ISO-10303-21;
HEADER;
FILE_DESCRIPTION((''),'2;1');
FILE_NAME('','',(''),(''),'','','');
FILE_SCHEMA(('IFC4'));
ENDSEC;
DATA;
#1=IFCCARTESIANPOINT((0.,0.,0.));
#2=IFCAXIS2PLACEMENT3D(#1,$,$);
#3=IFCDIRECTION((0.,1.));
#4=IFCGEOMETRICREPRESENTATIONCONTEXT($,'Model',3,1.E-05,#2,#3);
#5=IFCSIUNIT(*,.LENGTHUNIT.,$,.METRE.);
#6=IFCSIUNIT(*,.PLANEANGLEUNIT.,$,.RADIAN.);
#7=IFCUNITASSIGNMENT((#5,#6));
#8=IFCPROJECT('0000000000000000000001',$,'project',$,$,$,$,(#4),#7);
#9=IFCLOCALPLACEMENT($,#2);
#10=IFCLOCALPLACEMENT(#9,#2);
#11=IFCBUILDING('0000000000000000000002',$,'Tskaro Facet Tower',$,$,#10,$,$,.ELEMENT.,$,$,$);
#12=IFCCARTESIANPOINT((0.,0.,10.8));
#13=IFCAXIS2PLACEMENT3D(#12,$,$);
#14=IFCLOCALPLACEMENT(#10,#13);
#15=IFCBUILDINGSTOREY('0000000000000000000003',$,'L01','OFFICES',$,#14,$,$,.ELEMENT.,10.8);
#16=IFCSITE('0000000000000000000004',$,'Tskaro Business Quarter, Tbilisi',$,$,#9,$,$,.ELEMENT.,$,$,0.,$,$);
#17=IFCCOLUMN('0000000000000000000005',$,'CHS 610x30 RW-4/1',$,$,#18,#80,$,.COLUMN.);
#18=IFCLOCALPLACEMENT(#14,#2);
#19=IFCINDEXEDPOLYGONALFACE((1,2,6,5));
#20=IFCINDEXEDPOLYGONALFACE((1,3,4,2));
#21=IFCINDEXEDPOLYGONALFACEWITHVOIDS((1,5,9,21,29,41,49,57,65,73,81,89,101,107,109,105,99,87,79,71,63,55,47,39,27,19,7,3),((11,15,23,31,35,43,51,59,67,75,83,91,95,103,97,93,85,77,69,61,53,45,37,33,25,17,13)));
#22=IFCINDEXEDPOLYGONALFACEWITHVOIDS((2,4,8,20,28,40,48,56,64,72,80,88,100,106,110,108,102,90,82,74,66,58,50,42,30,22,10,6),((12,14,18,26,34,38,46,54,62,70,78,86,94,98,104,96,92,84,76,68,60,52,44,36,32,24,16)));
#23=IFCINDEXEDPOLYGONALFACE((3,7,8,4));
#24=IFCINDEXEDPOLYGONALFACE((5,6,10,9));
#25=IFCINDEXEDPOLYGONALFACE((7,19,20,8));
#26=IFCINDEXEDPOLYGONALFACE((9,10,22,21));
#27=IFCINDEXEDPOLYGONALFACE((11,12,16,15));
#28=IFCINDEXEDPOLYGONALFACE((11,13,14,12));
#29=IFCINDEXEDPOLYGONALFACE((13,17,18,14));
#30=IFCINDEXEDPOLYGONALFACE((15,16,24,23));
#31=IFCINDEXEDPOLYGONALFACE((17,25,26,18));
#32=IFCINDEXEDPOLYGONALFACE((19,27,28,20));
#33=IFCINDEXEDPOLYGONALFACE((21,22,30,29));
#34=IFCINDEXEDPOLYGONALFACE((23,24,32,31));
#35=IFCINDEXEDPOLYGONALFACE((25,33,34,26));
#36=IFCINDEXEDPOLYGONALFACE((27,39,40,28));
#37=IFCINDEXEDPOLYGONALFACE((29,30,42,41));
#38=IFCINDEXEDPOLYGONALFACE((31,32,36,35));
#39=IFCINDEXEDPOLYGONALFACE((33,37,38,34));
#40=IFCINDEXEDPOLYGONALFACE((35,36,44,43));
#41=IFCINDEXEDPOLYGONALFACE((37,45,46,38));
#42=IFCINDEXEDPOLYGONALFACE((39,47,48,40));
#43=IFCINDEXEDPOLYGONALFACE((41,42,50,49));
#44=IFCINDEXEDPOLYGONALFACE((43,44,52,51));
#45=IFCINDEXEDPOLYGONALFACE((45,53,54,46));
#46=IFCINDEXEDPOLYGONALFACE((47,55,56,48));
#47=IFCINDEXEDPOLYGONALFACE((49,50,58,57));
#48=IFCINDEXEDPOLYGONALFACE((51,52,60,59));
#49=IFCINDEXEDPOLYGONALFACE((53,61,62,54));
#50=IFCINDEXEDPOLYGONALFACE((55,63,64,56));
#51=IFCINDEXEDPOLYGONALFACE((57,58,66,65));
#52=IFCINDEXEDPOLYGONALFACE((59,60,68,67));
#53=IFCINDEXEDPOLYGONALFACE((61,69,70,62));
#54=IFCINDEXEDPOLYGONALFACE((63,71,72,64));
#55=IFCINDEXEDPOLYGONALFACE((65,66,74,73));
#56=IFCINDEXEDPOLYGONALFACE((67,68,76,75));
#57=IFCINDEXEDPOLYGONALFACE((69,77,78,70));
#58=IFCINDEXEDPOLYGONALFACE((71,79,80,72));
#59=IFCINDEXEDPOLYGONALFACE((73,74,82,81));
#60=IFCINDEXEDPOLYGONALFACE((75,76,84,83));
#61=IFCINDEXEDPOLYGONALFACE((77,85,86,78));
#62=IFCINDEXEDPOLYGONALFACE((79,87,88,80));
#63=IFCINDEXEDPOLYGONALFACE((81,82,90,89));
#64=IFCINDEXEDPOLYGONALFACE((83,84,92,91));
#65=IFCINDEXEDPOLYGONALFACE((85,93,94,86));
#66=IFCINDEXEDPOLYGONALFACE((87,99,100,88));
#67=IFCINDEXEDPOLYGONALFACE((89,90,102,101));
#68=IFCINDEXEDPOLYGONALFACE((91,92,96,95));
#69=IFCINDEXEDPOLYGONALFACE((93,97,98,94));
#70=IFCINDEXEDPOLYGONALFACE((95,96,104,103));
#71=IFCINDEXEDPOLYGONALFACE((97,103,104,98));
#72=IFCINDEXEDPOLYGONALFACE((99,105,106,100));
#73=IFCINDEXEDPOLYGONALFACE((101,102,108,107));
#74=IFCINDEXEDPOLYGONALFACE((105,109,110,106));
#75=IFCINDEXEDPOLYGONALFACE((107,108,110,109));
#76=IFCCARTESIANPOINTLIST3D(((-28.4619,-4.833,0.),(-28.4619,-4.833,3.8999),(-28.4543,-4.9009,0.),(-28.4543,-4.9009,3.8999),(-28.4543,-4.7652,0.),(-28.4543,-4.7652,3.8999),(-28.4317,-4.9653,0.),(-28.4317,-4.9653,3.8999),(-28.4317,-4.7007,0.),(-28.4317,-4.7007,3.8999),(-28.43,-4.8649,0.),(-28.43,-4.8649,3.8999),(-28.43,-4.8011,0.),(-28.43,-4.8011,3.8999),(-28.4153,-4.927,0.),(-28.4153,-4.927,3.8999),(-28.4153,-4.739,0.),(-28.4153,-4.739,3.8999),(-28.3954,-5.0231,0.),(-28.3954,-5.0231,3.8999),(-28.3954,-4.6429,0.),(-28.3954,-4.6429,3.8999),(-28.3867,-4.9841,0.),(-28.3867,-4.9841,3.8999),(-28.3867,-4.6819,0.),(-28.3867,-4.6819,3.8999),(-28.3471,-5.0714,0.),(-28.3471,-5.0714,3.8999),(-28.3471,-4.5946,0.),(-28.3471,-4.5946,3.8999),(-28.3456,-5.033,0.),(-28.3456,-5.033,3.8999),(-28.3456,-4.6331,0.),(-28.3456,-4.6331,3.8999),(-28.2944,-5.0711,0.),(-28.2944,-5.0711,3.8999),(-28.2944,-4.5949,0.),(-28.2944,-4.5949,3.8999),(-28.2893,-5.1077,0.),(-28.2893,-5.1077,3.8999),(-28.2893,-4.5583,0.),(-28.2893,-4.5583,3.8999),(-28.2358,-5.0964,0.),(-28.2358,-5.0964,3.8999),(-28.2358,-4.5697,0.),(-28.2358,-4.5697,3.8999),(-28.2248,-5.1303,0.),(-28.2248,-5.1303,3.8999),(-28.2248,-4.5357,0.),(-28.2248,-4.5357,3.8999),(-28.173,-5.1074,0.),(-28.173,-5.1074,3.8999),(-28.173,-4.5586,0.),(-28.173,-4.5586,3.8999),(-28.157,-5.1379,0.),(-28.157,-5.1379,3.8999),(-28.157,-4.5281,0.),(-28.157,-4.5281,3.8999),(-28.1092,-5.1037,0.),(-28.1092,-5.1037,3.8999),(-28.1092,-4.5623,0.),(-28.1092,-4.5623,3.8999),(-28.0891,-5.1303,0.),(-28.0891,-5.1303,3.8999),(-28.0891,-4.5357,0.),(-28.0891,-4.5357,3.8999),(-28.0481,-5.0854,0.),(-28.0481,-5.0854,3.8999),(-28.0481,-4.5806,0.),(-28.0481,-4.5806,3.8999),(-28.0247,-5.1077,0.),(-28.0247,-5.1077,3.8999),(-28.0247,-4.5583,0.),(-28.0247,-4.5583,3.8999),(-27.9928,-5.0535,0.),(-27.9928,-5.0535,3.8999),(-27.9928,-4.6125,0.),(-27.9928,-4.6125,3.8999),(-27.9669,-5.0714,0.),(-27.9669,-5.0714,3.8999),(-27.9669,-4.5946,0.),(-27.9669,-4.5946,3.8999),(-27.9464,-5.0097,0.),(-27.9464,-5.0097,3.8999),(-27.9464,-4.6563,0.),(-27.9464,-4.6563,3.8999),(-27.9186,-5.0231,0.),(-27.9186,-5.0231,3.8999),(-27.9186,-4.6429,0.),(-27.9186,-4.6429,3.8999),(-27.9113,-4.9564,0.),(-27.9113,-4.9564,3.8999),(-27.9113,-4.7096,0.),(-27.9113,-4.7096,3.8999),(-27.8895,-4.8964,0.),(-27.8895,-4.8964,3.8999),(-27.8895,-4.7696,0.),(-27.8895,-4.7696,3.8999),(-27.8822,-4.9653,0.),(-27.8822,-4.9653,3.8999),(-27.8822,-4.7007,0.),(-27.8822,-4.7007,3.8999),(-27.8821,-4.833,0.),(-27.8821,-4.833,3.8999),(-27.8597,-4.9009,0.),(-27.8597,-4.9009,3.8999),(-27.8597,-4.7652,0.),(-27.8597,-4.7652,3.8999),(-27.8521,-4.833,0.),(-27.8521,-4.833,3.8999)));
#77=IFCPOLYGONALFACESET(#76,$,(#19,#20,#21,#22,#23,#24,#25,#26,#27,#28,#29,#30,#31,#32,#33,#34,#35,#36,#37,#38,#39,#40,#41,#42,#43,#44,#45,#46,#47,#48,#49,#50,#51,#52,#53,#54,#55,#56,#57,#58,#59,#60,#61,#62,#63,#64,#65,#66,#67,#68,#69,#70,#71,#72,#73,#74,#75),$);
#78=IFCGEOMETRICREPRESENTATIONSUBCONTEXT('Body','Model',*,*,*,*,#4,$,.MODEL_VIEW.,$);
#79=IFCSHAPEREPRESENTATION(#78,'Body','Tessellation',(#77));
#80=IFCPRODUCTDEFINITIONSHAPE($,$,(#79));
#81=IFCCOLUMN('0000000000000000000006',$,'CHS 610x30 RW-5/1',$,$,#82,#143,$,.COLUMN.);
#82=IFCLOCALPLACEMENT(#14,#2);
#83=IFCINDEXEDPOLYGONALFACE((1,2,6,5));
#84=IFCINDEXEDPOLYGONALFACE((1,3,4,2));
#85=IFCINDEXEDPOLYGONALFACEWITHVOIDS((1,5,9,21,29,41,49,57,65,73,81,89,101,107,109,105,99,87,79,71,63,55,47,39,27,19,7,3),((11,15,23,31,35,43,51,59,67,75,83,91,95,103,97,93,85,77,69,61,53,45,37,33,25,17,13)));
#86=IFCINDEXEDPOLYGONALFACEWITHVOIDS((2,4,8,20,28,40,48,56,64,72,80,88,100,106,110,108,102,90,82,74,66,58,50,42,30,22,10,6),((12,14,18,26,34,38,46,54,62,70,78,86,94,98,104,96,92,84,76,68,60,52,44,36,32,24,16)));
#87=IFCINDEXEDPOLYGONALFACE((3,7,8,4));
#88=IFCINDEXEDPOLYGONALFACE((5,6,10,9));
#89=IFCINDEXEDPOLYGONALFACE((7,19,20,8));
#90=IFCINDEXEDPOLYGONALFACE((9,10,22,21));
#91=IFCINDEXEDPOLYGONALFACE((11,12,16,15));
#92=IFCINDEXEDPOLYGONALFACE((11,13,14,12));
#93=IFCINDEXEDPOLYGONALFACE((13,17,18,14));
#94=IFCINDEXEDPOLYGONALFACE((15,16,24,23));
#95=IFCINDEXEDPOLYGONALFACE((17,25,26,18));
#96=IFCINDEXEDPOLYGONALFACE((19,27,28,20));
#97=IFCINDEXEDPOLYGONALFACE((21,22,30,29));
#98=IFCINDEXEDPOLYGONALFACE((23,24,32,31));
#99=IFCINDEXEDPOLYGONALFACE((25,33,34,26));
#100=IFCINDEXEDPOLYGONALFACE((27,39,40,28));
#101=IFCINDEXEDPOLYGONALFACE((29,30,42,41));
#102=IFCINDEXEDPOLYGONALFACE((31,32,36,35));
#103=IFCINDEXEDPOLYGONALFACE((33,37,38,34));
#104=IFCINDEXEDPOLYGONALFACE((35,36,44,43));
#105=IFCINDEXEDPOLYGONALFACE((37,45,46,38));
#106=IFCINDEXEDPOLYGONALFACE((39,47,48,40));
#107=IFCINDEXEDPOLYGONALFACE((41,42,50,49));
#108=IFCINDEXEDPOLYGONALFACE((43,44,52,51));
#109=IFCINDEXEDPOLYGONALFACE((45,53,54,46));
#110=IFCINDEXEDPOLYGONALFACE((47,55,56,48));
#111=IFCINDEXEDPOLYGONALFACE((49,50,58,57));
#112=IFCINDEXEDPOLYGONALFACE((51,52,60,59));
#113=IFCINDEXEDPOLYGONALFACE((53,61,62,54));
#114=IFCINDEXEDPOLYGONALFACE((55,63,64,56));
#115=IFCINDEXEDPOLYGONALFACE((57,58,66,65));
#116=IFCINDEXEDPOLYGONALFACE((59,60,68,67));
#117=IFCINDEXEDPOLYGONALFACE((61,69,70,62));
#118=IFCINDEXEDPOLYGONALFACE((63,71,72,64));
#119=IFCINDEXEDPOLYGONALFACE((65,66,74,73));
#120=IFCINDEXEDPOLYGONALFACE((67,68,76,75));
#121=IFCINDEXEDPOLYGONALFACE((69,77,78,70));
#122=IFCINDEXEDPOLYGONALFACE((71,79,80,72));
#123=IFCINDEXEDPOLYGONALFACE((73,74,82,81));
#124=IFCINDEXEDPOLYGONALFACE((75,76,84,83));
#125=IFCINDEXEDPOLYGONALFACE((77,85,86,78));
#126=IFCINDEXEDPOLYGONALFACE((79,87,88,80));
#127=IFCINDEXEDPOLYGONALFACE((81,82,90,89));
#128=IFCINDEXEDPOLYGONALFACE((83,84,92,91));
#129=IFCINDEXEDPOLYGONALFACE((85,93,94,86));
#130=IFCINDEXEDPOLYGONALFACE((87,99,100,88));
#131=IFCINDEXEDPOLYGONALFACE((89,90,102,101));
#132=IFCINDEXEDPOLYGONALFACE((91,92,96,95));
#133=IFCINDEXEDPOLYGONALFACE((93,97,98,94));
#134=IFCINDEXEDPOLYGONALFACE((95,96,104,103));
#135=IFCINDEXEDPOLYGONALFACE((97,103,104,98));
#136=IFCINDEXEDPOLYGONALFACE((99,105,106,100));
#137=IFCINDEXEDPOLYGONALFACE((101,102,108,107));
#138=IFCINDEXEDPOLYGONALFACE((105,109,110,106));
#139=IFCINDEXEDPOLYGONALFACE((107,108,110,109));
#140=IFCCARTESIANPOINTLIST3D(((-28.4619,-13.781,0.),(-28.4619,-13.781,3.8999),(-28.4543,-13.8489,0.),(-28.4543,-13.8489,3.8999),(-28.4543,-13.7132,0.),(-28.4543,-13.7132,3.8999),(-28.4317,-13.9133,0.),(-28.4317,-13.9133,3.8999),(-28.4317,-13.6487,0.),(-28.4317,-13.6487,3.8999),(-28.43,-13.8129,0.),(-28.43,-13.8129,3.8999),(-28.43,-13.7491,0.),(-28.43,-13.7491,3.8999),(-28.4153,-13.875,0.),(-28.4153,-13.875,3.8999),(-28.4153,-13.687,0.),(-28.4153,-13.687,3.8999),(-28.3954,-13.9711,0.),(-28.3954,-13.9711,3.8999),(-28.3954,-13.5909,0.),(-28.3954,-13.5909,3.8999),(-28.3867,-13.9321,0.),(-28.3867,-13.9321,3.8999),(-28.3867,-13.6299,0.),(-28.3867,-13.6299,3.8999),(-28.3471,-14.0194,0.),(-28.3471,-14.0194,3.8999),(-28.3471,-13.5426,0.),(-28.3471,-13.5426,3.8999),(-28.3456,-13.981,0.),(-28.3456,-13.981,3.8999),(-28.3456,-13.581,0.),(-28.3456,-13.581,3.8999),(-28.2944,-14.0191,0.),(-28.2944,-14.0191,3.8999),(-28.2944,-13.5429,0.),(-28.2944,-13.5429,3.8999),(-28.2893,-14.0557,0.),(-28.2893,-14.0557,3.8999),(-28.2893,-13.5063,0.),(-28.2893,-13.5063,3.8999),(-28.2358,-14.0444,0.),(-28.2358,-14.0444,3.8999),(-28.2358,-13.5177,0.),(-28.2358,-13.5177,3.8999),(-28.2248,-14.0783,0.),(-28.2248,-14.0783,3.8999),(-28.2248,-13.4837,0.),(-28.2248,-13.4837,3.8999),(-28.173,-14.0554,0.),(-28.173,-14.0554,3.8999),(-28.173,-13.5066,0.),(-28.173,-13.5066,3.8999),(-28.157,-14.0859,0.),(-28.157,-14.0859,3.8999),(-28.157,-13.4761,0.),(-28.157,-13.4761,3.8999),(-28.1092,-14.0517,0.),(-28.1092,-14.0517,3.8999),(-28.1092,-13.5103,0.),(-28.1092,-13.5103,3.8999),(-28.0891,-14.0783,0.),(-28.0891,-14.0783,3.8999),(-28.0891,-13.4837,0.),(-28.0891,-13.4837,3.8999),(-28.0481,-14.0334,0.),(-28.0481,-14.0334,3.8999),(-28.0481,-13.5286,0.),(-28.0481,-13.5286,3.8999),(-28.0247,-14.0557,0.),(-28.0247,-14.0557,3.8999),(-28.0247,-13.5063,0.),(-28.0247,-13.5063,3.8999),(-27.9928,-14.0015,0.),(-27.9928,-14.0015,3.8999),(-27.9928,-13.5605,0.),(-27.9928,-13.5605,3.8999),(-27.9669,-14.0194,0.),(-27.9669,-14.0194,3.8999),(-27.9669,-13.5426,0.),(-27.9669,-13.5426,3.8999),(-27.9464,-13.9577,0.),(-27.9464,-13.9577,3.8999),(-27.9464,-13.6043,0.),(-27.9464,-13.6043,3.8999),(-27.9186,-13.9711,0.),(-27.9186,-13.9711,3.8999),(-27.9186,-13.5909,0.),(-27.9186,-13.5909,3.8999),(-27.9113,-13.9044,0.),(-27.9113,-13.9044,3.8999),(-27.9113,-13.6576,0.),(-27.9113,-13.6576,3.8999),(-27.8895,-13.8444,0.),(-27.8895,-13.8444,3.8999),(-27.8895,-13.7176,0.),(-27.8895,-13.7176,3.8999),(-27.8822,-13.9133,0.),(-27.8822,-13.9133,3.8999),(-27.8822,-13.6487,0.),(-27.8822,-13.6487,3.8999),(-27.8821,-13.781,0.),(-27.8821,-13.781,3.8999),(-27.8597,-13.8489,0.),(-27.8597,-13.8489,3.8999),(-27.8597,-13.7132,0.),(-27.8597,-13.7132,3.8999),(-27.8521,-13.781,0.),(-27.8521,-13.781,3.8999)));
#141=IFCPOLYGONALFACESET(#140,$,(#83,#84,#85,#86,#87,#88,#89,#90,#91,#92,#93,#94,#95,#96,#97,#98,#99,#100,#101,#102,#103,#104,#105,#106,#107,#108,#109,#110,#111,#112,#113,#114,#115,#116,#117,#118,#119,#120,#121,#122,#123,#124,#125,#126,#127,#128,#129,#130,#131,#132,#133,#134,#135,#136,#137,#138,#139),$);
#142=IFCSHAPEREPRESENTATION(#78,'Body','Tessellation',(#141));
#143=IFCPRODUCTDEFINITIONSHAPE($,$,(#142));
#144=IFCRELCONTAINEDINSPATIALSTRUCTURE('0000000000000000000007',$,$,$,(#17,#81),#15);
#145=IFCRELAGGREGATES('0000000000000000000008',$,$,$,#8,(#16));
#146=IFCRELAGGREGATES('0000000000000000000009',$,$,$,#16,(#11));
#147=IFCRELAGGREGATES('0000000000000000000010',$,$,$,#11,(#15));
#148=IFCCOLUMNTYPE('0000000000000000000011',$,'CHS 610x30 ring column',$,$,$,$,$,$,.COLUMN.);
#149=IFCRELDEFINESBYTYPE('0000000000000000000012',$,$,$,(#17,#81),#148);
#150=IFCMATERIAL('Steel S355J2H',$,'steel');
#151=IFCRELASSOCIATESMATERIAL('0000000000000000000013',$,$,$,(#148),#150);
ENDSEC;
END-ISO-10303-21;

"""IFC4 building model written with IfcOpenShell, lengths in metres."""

from ifc_helpers import new_model, si_unit, direction, frame, origin, origin_2d, place, context, subcontext, project, spatial, hollow_circle, extrude, material, material_profile, profile_set, type_object, element, save


model = new_model("IFC4")

# Units and contexts
model_context = context("Model", 3, precision=1e-05, world=origin(), true_north=direction((0.0, 1.0)))
body_context = subcontext(model_context, "Body", "Model", "MODEL_VIEW")
ifc_project = project(units=[si_unit("LENGTHUNIT", "METRE"), si_unit("PLANEANGLEUNIT", "RADIAN")], contexts=[model_context])

# Site, building, storey
site_placement = place(None, origin())
site = spatial("IfcSite", under=ifc_project, at=site_placement, Name="Tskaro Business Quarter, Tbilisi", CompositionType="ELEMENT", RefElevation=0.0)
building_placement = place(site_placement, origin())
building = spatial("IfcBuilding", under=site, at=building_placement, Name="Tskaro Facet Tower", CompositionType="ELEMENT")
storey_placement = place(building_placement, frame((0.0, 0.0, 10.8)))
storey = spatial("IfcBuildingStorey", under=building, at=storey_placement, Name="L01", Description="OFFICES", CompositionType="ELEMENT", Elevation=10.8)

# Columns
ifc_material_1 = material(Name="Steel S355J2H", Category="steel")
ifc_material_profile_1 = material_profile(ifc_material_1, hollow_circle(Radius=0.3049, WallThickness=0.03, at=origin_2d()), Name="CHS 610x30")
ifc_profile_set_1 = profile_set([ifc_material_profile_1], Name="Steel S355J2H")
column_type_1 = type_object("IfcColumnType", Name="CHS 610x30 ring column", PredefinedType="COLUMN", material=ifc_profile_set_1)
for number, where, z_axis, x_axis, name in (
    (1, (-28.157, -4.833, 0.0), (0.0, 0.0, 1.0), (1.0, 0.0, 0.0), "CHS 610x30 RW-4/1"),
    (2, (-28.157, -13.781, 0.0), (0.0, 0.0, 1.0), (1.0, 0.0, 0.0), "CHS 610x30 RW-5/1"),
):
    element("IfcColumn", number, at=place(storey_placement, frame(where, z_axis=z_axis, x_axis=x_axis)), inside=storey, type_object=column_type_1, Name=name, PredefinedType="COLUMN", context=body_context, shape_type="SweptSolid", body=[
        extrude(hollow_circle(Radius=0.3049, WallThickness=0.03, at=origin_2d()), origin(), (0.0, 0.0, 1.0), 3.8999),
    ])

save(model, "model.ifc")
